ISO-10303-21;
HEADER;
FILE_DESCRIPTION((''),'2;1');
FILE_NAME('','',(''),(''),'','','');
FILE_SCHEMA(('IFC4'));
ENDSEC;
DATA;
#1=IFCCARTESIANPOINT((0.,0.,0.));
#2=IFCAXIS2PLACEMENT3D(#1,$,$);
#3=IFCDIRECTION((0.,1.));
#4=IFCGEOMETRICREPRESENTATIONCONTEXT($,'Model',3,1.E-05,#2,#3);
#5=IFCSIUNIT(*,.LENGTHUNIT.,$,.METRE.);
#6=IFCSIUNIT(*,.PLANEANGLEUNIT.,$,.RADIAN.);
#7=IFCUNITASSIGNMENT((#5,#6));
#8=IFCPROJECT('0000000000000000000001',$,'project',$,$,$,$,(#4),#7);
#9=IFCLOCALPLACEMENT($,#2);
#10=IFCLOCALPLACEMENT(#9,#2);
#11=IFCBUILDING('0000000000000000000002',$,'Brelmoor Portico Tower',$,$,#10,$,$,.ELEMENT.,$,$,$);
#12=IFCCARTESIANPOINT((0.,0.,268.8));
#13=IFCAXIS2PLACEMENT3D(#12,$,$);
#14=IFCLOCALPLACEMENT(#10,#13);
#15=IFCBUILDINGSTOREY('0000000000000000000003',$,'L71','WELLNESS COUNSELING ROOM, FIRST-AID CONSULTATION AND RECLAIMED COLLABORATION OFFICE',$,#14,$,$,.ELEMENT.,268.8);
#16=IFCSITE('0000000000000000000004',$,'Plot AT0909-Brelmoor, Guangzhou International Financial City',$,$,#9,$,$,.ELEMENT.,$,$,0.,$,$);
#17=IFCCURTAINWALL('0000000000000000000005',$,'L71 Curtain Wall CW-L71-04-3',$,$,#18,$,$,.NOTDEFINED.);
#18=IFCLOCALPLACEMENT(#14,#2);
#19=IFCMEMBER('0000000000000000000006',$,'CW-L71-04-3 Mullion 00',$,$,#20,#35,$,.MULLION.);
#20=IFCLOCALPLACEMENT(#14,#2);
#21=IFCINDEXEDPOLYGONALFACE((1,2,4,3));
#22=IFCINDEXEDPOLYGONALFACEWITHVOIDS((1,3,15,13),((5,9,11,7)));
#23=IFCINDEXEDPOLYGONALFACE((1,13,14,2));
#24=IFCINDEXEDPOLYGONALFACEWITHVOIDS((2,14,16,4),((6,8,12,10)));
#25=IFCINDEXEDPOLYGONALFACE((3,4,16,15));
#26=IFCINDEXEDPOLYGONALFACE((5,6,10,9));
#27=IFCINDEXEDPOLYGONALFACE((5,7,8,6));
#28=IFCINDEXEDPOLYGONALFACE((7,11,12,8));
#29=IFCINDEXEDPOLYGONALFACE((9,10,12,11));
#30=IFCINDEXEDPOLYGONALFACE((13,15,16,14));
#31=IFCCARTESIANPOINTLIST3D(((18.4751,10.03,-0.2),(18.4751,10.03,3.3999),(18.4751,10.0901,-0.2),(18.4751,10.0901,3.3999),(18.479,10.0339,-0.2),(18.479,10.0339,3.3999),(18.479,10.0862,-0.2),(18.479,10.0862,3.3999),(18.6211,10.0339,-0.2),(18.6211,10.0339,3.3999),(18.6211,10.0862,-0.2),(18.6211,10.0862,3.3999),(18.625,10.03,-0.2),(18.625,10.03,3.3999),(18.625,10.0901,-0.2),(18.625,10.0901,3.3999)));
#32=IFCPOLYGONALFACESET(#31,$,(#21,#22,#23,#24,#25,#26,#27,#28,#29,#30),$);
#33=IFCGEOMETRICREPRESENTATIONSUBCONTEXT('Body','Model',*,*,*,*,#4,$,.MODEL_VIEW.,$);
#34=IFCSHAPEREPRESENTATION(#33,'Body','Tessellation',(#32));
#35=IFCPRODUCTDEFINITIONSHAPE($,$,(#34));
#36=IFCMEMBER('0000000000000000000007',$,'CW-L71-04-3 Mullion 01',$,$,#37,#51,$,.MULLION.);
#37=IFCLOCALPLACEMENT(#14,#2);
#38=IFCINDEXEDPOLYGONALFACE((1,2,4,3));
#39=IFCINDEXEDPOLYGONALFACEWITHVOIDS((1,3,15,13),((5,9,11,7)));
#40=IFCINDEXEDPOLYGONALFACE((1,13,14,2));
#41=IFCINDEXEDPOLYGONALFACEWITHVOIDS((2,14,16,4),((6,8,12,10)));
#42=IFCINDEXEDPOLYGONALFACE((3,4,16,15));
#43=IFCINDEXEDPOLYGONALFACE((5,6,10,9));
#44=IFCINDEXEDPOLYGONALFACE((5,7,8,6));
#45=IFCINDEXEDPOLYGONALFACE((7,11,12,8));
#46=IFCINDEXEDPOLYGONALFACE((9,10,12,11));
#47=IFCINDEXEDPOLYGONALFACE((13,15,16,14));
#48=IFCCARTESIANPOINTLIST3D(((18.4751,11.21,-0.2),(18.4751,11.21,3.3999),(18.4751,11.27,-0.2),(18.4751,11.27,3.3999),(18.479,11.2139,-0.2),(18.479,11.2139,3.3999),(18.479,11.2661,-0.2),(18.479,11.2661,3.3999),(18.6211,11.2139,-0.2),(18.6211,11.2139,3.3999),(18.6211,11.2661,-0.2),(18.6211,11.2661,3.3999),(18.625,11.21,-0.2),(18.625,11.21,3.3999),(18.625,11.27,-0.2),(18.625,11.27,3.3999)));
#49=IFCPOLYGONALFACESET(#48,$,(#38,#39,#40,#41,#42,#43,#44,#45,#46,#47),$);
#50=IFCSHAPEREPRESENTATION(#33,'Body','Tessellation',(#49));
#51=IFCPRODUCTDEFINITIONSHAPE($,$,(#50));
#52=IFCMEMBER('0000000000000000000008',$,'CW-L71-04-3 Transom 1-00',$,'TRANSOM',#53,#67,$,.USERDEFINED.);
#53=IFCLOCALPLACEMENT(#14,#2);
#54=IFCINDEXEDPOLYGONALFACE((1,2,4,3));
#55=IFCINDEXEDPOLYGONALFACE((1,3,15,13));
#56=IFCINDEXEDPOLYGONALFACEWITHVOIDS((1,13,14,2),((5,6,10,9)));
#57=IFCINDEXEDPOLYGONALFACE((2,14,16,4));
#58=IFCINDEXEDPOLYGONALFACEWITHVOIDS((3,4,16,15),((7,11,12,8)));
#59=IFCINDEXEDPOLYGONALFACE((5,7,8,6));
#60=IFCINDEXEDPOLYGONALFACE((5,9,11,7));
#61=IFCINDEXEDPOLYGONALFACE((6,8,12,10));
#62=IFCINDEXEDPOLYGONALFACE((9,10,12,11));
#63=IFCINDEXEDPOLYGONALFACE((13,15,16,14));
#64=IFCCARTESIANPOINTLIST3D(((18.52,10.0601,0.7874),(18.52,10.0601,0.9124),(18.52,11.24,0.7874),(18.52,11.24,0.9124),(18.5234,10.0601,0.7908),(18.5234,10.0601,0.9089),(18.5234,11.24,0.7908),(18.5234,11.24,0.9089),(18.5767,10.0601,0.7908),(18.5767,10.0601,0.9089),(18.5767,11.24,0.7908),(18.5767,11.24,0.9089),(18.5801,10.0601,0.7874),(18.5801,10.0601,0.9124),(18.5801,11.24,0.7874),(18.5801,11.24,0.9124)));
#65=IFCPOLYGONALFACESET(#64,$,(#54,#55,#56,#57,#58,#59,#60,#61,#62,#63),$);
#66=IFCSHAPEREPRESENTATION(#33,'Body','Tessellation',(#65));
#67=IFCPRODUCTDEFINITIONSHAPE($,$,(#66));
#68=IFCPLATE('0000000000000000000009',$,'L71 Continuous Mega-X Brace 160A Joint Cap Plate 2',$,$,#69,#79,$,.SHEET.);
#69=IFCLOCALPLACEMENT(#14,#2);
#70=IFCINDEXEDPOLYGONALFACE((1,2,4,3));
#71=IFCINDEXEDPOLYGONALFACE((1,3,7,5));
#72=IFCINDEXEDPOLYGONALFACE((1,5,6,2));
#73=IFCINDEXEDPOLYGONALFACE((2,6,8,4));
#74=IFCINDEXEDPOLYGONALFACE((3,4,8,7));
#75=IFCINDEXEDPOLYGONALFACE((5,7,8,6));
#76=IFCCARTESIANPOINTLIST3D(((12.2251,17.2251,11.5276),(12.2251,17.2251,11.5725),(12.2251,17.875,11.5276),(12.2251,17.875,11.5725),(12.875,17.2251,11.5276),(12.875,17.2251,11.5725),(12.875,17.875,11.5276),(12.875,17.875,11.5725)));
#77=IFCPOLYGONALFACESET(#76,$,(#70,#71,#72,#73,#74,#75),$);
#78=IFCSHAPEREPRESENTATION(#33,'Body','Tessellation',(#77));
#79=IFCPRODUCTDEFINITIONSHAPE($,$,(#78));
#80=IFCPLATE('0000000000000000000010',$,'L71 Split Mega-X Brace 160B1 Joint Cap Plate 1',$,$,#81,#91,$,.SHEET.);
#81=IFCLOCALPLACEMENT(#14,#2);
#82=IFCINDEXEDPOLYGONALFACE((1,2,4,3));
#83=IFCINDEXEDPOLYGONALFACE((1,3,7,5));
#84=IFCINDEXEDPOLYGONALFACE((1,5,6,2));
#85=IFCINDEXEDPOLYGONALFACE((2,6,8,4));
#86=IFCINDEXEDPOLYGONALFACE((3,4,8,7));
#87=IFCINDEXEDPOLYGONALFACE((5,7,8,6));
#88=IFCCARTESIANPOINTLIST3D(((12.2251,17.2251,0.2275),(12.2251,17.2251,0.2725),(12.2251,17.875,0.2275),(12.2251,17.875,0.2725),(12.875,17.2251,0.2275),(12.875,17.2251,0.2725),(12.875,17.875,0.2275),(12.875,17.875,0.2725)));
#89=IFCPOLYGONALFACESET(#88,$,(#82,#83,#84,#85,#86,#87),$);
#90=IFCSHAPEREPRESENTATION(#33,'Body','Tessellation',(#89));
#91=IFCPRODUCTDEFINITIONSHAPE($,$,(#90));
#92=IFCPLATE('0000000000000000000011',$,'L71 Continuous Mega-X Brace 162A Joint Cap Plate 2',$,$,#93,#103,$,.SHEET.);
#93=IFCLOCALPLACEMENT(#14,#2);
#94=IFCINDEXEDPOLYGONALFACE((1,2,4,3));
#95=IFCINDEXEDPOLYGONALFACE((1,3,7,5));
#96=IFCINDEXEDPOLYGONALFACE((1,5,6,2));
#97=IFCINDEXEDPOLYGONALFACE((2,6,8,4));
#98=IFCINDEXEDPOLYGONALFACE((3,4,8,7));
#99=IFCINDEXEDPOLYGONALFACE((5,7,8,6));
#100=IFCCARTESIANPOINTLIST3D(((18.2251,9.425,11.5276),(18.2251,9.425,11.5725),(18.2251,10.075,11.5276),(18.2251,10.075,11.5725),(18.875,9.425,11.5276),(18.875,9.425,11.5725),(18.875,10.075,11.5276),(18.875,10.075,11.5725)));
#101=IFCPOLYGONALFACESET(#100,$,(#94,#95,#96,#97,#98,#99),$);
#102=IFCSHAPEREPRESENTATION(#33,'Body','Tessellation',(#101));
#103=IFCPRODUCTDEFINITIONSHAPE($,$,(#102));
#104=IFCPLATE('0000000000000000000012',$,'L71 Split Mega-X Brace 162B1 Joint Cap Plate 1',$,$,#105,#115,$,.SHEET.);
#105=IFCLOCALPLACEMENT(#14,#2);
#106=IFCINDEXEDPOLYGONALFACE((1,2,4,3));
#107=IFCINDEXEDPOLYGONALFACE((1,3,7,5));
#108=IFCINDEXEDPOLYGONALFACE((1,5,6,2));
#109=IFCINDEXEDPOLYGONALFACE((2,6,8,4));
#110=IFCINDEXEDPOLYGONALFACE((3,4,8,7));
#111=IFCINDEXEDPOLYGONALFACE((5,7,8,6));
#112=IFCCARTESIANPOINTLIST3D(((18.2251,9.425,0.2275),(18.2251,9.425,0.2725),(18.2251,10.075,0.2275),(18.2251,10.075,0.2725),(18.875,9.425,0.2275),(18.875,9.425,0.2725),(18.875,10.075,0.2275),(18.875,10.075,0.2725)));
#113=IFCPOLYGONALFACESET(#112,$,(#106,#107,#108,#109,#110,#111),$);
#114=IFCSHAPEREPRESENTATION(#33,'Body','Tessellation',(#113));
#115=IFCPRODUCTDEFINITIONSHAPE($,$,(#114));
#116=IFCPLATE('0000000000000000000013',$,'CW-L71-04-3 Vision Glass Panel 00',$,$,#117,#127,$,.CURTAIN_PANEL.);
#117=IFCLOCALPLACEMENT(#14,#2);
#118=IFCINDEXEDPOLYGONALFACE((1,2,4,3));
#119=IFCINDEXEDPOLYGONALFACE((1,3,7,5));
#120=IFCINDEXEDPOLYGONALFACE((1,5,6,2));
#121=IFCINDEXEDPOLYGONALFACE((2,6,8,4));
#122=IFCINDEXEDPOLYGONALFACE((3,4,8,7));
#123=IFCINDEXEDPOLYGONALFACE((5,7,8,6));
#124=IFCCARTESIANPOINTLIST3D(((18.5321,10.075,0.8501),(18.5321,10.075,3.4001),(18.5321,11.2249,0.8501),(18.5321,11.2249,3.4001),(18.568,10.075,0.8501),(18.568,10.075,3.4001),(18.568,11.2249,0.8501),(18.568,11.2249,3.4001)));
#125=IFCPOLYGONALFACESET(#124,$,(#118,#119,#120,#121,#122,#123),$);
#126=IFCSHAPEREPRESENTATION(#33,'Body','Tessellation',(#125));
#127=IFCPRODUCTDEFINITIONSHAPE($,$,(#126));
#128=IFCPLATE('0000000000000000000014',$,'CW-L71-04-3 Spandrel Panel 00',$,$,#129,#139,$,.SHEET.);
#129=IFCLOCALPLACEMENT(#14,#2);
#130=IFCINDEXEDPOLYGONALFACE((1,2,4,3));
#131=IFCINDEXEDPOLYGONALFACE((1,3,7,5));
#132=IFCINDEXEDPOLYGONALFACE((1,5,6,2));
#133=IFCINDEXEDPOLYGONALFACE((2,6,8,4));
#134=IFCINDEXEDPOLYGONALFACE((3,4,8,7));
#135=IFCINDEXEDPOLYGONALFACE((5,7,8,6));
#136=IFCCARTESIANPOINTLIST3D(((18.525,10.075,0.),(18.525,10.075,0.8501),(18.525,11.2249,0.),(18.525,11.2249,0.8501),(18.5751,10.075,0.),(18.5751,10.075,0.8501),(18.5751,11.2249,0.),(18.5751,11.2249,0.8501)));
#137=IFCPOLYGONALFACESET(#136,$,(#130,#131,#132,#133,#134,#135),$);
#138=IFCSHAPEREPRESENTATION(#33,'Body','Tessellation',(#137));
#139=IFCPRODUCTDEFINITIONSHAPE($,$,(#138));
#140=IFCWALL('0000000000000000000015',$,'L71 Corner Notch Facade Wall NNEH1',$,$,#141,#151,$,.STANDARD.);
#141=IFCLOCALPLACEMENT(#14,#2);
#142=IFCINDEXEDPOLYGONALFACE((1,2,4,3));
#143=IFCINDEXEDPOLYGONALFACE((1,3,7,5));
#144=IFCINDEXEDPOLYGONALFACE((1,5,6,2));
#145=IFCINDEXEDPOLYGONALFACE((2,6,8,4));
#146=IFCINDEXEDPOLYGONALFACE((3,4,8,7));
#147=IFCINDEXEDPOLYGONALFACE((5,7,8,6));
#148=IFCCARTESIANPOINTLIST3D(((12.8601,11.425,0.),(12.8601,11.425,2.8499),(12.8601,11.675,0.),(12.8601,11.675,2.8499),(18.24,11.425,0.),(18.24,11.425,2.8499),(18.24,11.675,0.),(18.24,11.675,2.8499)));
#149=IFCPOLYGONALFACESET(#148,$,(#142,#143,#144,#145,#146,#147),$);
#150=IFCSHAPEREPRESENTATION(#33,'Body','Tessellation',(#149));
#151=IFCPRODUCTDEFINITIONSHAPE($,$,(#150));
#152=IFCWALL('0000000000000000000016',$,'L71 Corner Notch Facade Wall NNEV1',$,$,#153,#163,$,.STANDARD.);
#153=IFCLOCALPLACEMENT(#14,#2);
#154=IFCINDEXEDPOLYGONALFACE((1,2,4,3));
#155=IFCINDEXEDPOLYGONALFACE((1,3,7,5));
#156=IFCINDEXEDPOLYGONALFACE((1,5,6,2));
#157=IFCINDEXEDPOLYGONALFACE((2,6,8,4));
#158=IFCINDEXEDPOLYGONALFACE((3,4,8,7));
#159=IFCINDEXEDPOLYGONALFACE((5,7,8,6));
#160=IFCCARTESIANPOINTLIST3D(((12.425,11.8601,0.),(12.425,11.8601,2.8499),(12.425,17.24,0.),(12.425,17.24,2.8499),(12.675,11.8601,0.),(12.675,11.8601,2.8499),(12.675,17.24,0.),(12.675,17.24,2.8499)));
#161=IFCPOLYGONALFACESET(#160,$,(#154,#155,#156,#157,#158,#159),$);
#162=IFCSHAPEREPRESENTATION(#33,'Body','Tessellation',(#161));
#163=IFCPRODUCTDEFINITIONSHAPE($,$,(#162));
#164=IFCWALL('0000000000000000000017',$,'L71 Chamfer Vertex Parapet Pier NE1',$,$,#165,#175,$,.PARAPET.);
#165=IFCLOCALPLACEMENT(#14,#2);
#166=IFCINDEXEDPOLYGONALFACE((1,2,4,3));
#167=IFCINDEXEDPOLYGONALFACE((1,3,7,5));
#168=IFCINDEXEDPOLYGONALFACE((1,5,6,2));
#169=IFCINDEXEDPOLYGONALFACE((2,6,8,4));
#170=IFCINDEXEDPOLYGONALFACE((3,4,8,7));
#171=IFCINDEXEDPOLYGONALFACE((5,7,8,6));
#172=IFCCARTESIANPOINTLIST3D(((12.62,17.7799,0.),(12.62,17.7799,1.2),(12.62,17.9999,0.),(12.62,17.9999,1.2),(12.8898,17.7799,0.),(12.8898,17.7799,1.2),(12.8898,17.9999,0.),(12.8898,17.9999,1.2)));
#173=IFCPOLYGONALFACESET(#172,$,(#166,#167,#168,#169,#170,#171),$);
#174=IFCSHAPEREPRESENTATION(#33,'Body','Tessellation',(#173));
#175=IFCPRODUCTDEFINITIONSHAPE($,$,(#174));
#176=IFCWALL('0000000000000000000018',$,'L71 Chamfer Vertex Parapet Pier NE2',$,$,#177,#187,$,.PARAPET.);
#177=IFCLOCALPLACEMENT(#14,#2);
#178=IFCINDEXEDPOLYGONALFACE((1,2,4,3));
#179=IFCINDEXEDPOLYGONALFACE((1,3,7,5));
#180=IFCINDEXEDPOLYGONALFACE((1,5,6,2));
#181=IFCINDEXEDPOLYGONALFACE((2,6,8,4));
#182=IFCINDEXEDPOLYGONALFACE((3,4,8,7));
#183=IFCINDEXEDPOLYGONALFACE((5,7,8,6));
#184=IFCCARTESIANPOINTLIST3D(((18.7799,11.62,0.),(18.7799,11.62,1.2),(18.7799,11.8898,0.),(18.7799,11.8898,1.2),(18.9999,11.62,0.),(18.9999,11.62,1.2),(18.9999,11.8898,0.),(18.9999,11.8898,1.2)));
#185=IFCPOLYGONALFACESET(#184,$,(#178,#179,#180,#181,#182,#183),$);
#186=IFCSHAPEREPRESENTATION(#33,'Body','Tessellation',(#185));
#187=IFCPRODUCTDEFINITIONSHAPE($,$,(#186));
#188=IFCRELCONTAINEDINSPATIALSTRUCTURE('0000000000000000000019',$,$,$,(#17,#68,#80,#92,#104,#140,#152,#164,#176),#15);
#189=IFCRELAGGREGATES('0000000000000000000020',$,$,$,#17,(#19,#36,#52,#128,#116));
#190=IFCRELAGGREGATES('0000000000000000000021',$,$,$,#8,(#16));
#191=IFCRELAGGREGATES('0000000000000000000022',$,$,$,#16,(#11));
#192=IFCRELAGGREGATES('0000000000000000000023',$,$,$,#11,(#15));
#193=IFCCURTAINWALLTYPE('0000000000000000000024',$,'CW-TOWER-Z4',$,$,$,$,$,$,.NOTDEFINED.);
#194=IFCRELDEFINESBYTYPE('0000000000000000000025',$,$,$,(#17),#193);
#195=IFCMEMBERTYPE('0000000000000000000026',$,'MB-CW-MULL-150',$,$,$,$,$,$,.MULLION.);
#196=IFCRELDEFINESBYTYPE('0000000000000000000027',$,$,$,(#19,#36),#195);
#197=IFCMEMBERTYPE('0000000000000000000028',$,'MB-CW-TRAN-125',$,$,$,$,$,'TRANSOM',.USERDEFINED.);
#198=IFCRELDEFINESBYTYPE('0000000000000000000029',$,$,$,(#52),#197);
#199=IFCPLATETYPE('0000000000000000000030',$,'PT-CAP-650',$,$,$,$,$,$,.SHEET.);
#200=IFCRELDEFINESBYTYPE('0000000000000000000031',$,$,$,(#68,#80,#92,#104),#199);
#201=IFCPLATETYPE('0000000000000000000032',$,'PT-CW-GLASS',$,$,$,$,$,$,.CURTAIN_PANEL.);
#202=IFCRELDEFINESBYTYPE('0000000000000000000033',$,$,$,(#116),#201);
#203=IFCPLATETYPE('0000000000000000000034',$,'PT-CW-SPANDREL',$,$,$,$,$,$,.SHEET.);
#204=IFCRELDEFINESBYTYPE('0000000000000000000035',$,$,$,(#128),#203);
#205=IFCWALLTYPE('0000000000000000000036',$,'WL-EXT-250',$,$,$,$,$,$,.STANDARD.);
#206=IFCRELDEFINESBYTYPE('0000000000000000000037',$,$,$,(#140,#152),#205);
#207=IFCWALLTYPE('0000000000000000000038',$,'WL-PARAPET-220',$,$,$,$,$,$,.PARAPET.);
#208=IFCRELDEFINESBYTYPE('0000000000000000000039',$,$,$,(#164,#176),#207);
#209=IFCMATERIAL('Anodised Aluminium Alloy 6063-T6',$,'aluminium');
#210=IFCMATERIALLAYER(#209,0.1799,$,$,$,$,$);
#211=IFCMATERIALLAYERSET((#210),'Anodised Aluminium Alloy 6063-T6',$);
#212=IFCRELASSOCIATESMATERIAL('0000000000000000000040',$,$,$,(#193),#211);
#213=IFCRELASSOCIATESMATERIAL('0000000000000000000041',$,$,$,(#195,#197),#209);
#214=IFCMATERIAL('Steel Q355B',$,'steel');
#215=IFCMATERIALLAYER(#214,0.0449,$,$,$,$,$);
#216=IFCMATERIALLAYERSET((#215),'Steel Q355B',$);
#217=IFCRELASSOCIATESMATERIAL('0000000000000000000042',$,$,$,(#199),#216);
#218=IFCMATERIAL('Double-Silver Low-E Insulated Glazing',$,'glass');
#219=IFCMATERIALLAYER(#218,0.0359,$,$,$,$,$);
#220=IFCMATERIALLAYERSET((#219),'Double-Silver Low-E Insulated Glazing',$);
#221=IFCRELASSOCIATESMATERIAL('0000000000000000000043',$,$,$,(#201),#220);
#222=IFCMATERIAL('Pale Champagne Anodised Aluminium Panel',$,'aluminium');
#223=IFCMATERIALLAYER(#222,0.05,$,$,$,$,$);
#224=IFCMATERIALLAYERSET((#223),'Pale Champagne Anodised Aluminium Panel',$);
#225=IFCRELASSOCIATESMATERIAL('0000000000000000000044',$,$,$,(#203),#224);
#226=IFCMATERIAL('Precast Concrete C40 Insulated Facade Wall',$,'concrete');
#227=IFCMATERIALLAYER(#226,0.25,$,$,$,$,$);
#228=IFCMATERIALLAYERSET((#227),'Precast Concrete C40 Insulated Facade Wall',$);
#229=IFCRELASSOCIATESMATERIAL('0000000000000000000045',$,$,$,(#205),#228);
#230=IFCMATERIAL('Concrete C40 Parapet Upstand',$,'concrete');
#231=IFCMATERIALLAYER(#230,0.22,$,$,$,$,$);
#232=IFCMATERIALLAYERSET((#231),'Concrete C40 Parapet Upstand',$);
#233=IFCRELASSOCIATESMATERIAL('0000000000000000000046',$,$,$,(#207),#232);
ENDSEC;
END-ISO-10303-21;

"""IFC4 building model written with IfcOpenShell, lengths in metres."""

from ifc_helpers import new_model, si_unit, direction, frame, frame_2d, origin, origin_2d, place, context, subcontext, project, spatial, rectangle, hollow_rectangle, extrude, material, layer, layer_set, material_profile, profile_set, type_object, element, aggregate, save


model = new_model("IFC4")

# Units and contexts
model_context = context("Model", 3, precision=1e-05, world=origin(), true_north=direction((0.0, 1.0)))
body_context = subcontext(model_context, "Body", "Model", "MODEL_VIEW")
ifc_project = project(units=[si_unit("LENGTHUNIT", "METRE"), si_unit("PLANEANGLEUNIT", "RADIAN")], contexts=[model_context])

# Site, building, storey
site_placement = place(None, origin())
site = spatial("IfcSite", under=ifc_project, at=site_placement, Name="Plot AT0909-Brelmoor, Guangzhou International Financial City", CompositionType="ELEMENT", RefElevation=0.0)
building_placement = place(site_placement, origin())
building = spatial("IfcBuilding", under=site, at=building_placement, Name="Brelmoor Portico Tower", CompositionType="ELEMENT")
storey_placement = place(building_placement, frame((0.0, 0.0, 268.8)))
storey = spatial("IfcBuildingStorey", under=building, at=storey_placement, Name="L71", Description="WELLNESS COUNSELING ROOM, FIRST-AID CONSULTATION AND RECLAIMED COLLABORATION OFFICE", CompositionType="ELEMENT", Elevation=268.8)

# Shared definitions
ifc_material_1 = material(Name="Steel Q355B", Category="steel")

# Curtain wall, members
ifc_material_2 = material(Name="Anodised Aluminium Alloy 6063-T6", Category="aluminium")
ifc_layer_1 = layer(ifc_material_2, 0.1799)
ifc_layer_set_1 = layer_set([ifc_layer_1], Name="Anodised Aluminium Alloy 6063-T6")
curtain_wall_type = type_object("IfcCurtainWallType", Name="CW-TOWER-Z4", PredefinedType="NOTDEFINED", material=ifc_layer_set_1)
curtain_wall_placement = place(storey_placement, origin())
curtain_wall = element("IfcCurtainWall", 1, at=curtain_wall_placement, inside=storey, type_object=curtain_wall_type, Name="L71 Curtain Wall CW-L71-04-3", PredefinedType="NOTDEFINED")
ifc_material_profile_1 = material_profile(ifc_material_2, hollow_rectangle(XDim=0.0601, YDim=0.1499, WallThickness=0.0039, at=origin_2d()), Name="ALU MULLION 60x150")
ifc_profile_set_1 = profile_set([ifc_material_profile_1], Name="Anodised Aluminium Alloy 6063-T6")
member_type_1 = type_object("IfcMemberType", Name="MB-CW-MULL-150", PredefinedType="MULLION", material=ifc_profile_set_1)
member_1_placement = place(storey_placement, frame((18.55, 10.0601, -0.2), z_axis=(0.0, 0.0, 1.0), x_axis=(0.0, 1.0, 0.0)))
member_1 = element("IfcMember", 2, at=member_1_placement, type_object=member_type_1, Name="CW-L71-04-3 Mullion 00", PredefinedType="MULLION", context=body_context, shape_type="SweptSolid", body=[
    extrude(hollow_rectangle(XDim=0.0601, YDim=0.1499, WallThickness=0.0039, at=origin_2d()), origin(), (0.0, 0.0, 1.0), 3.5999),
])
member_2_placement = place(storey_placement, frame((18.55, 11.24, -0.2), z_axis=(0.0, 0.0, 1.0), x_axis=(0.0, 1.0, 0.0)))
member_2 = element("IfcMember", 3, at=member_2_placement, type_object=member_type_1, Name="CW-L71-04-3 Mullion 01", PredefinedType="MULLION", context=body_context, shape_type="SweptSolid", body=[
    extrude(hollow_rectangle(XDim=0.0601, YDim=0.1499, WallThickness=0.0039, at=origin_2d()), origin(), (0.0, 0.0, 1.0), 3.5999),
])
ifc_material_profile_2 = material_profile(ifc_material_2, hollow_rectangle(XDim=0.0601, YDim=0.125, WallThickness=0.0034, at=origin_2d()), Name="ALU TRANSOM 60x125")
ifc_profile_set_2 = profile_set([ifc_material_profile_2], Name="Anodised Aluminium Alloy 6063-T6")
member_type_2 = type_object("IfcMemberType", Name="MB-CW-TRAN-125", ElementType="TRANSOM", PredefinedType="USERDEFINED", material=ifc_profile_set_2)
member_3_placement = place(storey_placement, frame((18.55, 10.0601, 0.8499), z_axis=(0.0, 1.0, 0.0), x_axis=(-1.0, 0.0, 0.0)))
member_3 = element("IfcMember", 4, at=member_3_placement, type_object=member_type_2, Name="CW-L71-04-3 Transom 1-00", ObjectType="TRANSOM", PredefinedType="USERDEFINED", context=body_context, shape_type="SweptSolid", body=[
    extrude(hollow_rectangle(XDim=0.0601, YDim=0.125, WallThickness=0.0034, at=origin_2d()), origin(), (0.0, 0.0, 1.0), 1.1799),
])

# Plates
ifc_layer_2 = layer(ifc_material_1, 0.0449)
ifc_layer_set_2 = layer_set([ifc_layer_2], Name="Steel Q355B")
plate_type_1 = type_object("IfcPlateType", Name="PT-CAP-650", PredefinedType="SHEET", material=ifc_layer_set_2)
for number, where, z_axis, x_axis, name in (
    (5, (12.55, 17.55, 11.5276), (0.0, 0.0, 1.0), (1.0, 0.0, 0.0), "L71 Continuous Mega-X Brace 160A Joint Cap Plate 2"),
    (6, (12.55, 17.55, 0.2275), (0.0, 0.0, 1.0), (1.0, 0.0, 0.0), "L71 Split Mega-X Brace 160B1 Joint Cap Plate 1"),
    (7, (18.55, 9.75, 11.5276), (0.0, 0.0, 1.0), (1.0, 0.0, 0.0), "L71 Continuous Mega-X Brace 162A Joint Cap Plate 2"),
    (8, (18.55, 9.75, 0.2275), (0.0, 0.0, 1.0), (1.0, 0.0, 0.0), "L71 Split Mega-X Brace 162B1 Joint Cap Plate 1"),
):
    element("IfcPlate", number, at=place(storey_placement, frame(where, z_axis=z_axis, x_axis=x_axis)), inside=storey, type_object=plate_type_1, Name=name, PredefinedType="SHEET", context=body_context, shape_type="SweptSolid", body=[
        extrude(rectangle(XDim=0.6499, YDim=0.6499, at=origin_2d()), origin(), (0.0, 0.0, 1.0), 0.0449),
    ])

# Plates
ifc_material_3 = material(Name="Double-Silver Low-E Insulated Glazing", Category="glass")
ifc_layer_3 = layer(ifc_material_3, 0.0359)
ifc_layer_set_3 = layer_set([ifc_layer_3], Name="Double-Silver Low-E Insulated Glazing")
plate_type_2 = type_object("IfcPlateType", Name="PT-CW-GLASS", PredefinedType="CURTAIN_PANEL", material=ifc_layer_set_3)
plate_1_placement = place(storey_placement, frame((18.55, 10.6499, 0.8501), z_axis=(0.0, 0.0, 1.0), x_axis=(0.0, 1.0, 0.0)))
plate_1 = element("IfcPlate", 9, at=plate_1_placement, type_object=plate_type_2, Name="CW-L71-04-3 Vision Glass Panel 00", PredefinedType="CURTAIN_PANEL", context=body_context, shape_type="SweptSolid", body=[
    extrude(rectangle(XDim=1.1499, YDim=0.0359, at=origin_2d()), origin(), (0.0, 0.0, 1.0), 2.55),
])
ifc_material_4 = material(Name="Pale Champagne Anodised Aluminium Panel", Category="aluminium")
ifc_layer_4 = layer(ifc_material_4, 0.05)
ifc_layer_set_4 = layer_set([ifc_layer_4], Name="Pale Champagne Anodised Aluminium Panel")
plate_type_3 = type_object("IfcPlateType", Name="PT-CW-SPANDREL", PredefinedType="SHEET", material=ifc_layer_set_4)
plate_2_placement = place(storey_placement, frame((18.55, 10.6499, 0.0), z_axis=(0.0, 0.0, 1.0), x_axis=(0.0, 1.0, 0.0)))
plate_2 = element("IfcPlate", 10, at=plate_2_placement, type_object=plate_type_3, Name="CW-L71-04-3 Spandrel Panel 00", PredefinedType="SHEET", context=body_context, shape_type="SweptSolid", body=[
    extrude(rectangle(XDim=1.1499, YDim=0.05, at=origin_2d()), origin(), (0.0, 0.0, 1.0), 0.8501),
])
aggregate(curtain_wall, [member_1, member_2, member_3, plate_2, plate_1])

# Walls
ifc_material_5 = material(Name="Precast Concrete C40 Insulated Facade Wall", Category="concrete")
ifc_layer_5 = layer(ifc_material_5, 0.25)
ifc_layer_set_5 = layer_set([ifc_layer_5], Name="Precast Concrete C40 Insulated Facade Wall")
wall_type_1 = type_object("IfcWallType", Name="WL-EXT-250", PredefinedType="STANDARD", material=ifc_layer_set_5)
for number, where, z_axis, x_axis, name in (
    (11, (12.8601, 11.55, 0.0), (0.0, 0.0, 1.0), (1.0, 0.0, 0.0), "L71 Corner Notch Facade Wall NNEH1"),
    (12, (12.55, 11.8601, 0.0), (0.0, 0.0, 1.0), (0.0, 1.0, 0.0), "L71 Corner Notch Facade Wall NNEV1"),
):
    element("IfcWall", number, at=place(storey_placement, frame(where, z_axis=z_axis, x_axis=x_axis)), inside=storey, type_object=wall_type_1, Name=name, PredefinedType="STANDARD", context=body_context, shape_type="SweptSolid", body=[
        extrude(rectangle(XDim=5.3799, YDim=0.25, at=frame_2d((2.6899, 0.0))), origin(), (0.0, 0.0, 1.0), 2.8499),
    ])
ifc_material_6 = material(Name="Concrete C40 Parapet Upstand", Category="concrete")
ifc_layer_6 = layer(ifc_material_6, 0.22)
ifc_layer_set_6 = layer_set([ifc_layer_6], Name="Concrete C40 Parapet Upstand")
wall_type_2 = type_object("IfcWallType", Name="WL-PARAPET-220", PredefinedType="PARAPET", material=ifc_layer_set_6)
for number, where, z_axis, x_axis, name in (
    (13, (12.6201, 17.8899, 0.0), (0.0, 0.0, 1.0), (1.0, 0.0, 0.0), "L71 Chamfer Vertex Parapet Pier NE1"),
    (14, (18.8899, 11.6201, 0.0), (0.0, 0.0, 1.0), (0.0, 1.0, 0.0), "L71 Chamfer Vertex Parapet Pier NE2"),
):
    element("IfcWall", number, at=place(storey_placement, frame(where, z_axis=z_axis, x_axis=x_axis)), inside=storey, type_object=wall_type_2, Name=name, PredefinedType="PARAPET", context=body_context, shape_type="SweptSolid", body=[
        extrude(rectangle(XDim=0.2698, YDim=0.22, at=frame_2d((0.1348, 0.0))), origin(), (0.0, 0.0, 1.0), 1.2),
    ])

save(model, "model.ifc")
